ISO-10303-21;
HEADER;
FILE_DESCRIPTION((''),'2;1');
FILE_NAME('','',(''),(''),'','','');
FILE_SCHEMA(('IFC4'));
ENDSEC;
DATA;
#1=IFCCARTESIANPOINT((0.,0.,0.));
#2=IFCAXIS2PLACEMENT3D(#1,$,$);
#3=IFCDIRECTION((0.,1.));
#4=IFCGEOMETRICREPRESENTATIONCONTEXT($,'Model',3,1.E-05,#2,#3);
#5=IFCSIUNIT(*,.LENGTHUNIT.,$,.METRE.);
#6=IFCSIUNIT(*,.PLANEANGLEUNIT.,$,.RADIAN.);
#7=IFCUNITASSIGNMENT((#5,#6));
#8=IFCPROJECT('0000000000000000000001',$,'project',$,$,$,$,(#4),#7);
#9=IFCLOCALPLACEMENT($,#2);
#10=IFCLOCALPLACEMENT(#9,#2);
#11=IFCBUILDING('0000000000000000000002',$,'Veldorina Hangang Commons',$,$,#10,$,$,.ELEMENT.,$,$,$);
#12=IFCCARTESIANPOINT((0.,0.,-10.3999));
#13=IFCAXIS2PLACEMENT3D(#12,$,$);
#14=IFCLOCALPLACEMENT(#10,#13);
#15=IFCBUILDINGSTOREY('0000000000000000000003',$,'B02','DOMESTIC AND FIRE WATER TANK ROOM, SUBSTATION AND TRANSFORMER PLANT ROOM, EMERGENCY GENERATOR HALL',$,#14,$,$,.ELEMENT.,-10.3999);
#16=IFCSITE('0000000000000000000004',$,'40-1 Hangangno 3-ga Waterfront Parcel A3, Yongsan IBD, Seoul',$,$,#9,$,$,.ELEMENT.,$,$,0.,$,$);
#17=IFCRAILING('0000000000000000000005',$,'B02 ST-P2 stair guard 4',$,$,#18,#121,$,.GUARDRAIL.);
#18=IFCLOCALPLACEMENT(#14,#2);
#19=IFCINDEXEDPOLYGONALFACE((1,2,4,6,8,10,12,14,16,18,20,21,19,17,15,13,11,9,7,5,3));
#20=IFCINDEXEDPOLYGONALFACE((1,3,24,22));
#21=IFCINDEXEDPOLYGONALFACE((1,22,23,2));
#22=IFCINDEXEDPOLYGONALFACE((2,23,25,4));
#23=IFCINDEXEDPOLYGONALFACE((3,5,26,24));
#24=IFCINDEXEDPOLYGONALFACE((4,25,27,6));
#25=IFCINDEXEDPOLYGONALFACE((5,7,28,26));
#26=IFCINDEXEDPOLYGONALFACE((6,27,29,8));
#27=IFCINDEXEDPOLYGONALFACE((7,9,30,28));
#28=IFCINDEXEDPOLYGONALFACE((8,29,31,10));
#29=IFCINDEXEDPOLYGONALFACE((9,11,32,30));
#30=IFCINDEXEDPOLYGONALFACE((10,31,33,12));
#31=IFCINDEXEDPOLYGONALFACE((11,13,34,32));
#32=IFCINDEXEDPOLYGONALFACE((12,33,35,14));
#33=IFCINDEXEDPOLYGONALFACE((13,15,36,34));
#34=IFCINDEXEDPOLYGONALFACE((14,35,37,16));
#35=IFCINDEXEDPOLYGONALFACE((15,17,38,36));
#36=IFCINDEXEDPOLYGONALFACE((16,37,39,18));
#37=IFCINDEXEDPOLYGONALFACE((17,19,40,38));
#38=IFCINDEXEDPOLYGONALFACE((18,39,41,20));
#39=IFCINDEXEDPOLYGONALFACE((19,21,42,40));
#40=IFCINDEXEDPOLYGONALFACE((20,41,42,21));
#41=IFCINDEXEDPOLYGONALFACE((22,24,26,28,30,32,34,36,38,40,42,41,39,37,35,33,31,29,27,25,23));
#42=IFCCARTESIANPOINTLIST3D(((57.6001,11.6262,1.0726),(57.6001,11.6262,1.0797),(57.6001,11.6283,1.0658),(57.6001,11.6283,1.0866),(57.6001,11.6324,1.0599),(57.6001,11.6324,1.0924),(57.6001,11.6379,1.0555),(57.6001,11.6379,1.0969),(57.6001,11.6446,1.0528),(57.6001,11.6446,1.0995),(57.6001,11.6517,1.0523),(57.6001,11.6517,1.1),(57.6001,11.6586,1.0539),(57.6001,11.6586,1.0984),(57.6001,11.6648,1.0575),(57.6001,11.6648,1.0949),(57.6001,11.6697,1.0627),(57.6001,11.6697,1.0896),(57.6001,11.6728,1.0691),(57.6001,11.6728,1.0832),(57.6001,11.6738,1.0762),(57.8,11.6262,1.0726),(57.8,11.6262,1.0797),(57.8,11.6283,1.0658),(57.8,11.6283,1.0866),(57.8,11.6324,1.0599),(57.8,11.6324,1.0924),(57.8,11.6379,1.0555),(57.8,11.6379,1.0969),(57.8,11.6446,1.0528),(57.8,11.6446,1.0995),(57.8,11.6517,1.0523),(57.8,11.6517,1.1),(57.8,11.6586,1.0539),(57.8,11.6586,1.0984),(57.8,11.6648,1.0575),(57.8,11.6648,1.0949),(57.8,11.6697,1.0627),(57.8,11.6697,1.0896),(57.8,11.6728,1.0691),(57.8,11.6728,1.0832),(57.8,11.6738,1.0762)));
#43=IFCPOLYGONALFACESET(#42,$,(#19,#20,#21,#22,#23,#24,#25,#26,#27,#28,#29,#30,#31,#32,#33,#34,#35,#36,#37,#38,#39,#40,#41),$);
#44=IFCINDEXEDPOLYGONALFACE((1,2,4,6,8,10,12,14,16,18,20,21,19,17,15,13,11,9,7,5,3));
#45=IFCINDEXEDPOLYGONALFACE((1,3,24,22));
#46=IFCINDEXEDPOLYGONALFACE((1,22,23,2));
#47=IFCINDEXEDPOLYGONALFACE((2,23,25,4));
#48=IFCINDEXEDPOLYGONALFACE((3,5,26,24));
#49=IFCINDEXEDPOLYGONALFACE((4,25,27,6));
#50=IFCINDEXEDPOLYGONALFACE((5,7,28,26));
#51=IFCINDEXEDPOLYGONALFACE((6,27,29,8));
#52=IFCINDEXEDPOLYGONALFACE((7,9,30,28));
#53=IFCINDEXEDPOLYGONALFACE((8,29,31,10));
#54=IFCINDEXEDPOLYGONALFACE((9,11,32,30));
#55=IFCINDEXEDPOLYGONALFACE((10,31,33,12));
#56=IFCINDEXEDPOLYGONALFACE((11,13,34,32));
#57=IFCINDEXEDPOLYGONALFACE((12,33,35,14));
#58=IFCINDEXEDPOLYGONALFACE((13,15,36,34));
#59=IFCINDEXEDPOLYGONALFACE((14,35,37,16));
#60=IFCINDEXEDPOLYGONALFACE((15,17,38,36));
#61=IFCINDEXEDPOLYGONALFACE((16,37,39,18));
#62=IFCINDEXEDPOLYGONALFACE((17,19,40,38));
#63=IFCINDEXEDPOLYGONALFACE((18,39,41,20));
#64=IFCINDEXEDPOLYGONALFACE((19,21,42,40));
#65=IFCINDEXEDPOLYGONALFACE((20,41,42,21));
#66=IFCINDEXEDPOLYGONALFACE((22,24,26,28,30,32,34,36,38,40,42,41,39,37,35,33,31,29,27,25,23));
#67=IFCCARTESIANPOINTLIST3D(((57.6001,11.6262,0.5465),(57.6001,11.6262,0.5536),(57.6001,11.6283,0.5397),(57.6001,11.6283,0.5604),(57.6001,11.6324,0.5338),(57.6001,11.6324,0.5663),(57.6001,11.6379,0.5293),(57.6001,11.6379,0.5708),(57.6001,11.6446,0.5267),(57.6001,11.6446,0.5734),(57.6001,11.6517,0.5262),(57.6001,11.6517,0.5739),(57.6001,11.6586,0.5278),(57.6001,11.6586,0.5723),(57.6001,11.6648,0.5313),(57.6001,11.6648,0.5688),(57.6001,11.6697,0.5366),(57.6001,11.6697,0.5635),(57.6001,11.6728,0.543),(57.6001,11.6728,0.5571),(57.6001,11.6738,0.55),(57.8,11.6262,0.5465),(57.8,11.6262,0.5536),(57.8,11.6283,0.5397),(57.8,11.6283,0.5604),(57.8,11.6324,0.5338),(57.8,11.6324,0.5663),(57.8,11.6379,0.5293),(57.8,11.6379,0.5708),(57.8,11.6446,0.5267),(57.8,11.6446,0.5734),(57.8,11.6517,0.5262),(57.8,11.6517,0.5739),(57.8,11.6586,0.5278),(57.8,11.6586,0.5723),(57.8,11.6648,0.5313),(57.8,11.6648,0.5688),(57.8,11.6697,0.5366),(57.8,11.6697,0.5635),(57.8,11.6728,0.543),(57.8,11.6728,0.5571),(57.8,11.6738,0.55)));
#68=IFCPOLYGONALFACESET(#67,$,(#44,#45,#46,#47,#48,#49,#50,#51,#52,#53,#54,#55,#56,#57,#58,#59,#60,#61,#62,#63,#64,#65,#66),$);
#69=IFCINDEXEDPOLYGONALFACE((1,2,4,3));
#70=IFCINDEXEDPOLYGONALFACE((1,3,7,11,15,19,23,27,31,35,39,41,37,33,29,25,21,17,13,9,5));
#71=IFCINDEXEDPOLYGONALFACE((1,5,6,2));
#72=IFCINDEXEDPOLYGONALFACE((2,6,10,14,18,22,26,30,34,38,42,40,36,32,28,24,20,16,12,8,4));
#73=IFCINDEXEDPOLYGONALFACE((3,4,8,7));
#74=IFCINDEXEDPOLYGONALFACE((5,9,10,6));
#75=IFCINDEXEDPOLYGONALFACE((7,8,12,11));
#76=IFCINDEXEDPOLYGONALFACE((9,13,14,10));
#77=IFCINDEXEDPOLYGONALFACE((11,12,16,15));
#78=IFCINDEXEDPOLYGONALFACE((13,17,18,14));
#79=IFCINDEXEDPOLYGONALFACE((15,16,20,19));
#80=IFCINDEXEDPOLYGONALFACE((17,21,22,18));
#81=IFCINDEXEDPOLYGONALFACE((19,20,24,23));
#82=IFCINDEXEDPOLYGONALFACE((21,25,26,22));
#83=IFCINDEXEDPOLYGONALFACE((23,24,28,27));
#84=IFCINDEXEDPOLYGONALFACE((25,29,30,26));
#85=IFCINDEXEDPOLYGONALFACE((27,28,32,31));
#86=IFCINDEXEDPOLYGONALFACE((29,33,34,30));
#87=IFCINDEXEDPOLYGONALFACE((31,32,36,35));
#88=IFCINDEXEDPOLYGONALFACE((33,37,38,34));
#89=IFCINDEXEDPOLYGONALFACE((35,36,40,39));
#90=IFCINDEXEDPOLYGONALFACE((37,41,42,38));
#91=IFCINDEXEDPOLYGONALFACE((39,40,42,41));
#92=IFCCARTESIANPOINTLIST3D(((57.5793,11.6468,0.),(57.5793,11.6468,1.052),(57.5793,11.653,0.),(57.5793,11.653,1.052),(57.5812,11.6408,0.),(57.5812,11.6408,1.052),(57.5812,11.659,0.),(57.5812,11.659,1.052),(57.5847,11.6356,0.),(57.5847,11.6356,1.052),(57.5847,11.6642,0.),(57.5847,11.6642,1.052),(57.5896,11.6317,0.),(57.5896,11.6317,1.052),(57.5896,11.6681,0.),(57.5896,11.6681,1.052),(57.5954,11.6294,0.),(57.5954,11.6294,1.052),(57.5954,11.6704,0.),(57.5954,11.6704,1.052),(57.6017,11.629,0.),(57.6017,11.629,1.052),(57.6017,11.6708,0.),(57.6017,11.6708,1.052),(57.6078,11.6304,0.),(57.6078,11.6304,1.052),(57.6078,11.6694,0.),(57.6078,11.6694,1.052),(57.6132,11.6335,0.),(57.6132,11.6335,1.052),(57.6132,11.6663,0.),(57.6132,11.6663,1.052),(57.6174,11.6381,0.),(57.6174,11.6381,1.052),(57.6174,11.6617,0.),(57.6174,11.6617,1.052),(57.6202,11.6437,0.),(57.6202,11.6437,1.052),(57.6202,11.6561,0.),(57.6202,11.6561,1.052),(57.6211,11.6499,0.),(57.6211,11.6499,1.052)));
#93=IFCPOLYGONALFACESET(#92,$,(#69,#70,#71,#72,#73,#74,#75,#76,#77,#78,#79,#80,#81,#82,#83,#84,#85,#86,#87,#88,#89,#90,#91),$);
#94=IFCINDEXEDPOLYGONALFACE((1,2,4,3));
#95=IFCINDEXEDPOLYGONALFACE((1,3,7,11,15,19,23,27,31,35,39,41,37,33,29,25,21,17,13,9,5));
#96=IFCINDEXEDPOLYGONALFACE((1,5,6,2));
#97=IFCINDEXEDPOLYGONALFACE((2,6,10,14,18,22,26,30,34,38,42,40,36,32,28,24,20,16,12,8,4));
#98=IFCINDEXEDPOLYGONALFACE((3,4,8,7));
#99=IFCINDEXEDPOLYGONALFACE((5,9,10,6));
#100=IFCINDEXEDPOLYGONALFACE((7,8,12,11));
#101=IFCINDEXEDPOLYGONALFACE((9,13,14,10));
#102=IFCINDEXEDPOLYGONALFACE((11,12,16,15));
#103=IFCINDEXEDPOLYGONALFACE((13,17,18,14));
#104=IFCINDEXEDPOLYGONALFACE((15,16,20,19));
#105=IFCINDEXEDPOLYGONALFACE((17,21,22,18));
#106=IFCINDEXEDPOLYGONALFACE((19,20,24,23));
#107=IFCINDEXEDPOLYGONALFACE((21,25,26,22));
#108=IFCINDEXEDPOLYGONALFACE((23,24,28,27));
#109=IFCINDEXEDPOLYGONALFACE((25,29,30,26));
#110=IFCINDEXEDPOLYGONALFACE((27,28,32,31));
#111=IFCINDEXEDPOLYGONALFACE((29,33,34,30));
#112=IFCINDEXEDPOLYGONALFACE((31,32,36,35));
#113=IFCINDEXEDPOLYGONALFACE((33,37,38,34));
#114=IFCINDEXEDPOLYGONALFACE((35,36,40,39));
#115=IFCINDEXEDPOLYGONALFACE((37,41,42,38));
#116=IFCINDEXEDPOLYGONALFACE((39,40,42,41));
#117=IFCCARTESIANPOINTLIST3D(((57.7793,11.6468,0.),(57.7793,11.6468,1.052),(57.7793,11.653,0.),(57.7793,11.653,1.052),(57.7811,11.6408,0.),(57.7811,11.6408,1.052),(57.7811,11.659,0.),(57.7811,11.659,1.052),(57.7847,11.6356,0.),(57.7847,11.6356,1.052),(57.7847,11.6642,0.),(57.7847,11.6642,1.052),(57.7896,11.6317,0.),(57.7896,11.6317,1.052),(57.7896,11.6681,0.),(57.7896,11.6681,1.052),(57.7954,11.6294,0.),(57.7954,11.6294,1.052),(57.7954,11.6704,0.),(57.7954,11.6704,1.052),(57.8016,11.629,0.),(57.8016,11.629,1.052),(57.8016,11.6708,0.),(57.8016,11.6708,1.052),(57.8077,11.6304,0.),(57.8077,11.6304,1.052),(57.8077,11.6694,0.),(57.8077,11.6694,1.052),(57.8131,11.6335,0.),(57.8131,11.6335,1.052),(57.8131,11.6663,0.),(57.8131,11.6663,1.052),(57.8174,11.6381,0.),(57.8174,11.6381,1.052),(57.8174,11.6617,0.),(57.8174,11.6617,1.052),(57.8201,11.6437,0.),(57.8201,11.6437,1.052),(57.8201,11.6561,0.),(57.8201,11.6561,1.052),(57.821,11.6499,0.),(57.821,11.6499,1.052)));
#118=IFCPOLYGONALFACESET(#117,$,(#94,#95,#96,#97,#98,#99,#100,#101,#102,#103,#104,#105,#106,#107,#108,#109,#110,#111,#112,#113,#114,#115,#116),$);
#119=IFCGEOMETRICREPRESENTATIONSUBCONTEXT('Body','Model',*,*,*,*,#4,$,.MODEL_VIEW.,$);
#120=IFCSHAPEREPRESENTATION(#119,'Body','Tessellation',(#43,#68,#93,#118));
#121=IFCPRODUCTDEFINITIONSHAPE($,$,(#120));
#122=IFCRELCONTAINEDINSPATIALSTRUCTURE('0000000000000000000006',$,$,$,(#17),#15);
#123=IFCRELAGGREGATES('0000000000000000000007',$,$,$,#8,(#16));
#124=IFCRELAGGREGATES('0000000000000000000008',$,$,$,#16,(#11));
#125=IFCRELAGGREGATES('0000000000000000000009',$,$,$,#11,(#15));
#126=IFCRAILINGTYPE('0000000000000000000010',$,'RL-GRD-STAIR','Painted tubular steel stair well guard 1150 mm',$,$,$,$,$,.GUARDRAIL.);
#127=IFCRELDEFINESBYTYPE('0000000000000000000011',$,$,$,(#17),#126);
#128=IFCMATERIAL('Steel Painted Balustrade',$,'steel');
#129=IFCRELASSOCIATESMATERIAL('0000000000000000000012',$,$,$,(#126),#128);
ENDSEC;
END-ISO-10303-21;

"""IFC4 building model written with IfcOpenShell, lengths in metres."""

from ifc_helpers import new_model, si_unit, direction, frame, origin, origin_2d, place, context, subcontext, project, spatial, circle, extrude, material, type_object, element, save


model = new_model("IFC4")

# Units and contexts
model_context = context("Model", 3, precision=1e-05, world=origin(), true_north=direction((0.0, 1.0)))
body_context = subcontext(model_context, "Body", "Model", "MODEL_VIEW")
ifc_project = project(units=[si_unit("LENGTHUNIT", "METRE"), si_unit("PLANEANGLEUNIT", "RADIAN")], contexts=[model_context])

# Site, building, storey
site_placement = place(None, origin())
site = spatial("IfcSite", under=ifc_project, at=site_placement, Name="40-1 Hangangno 3-ga Waterfront Parcel A3, Yongsan IBD, Seoul", CompositionType="ELEMENT", RefElevation=0.0)
building_placement = place(site_placement, origin())
building = spatial("IfcBuilding", under=site, at=building_placement, Name="Veldorina Hangang Commons", CompositionType="ELEMENT")
storey_placement = place(building_placement, frame((0.0, 0.0, -10.3999)))
storey = spatial("IfcBuildingStorey", under=building, at=storey_placement, Name="B02", Description="DOMESTIC AND FIRE WATER TANK ROOM, SUBSTATION AND TRANSFORMER PLANT ROOM, EMERGENCY GENERATOR HALL", CompositionType="ELEMENT", Elevation=-10.3999)

# Railing
ifc_material_1 = material(Name="Steel Painted Balustrade", Category="steel")
railing_type_1 = type_object("IfcRailingType", Name="RL-GRD-STAIR", Description="Painted tubular steel stair well guard 1150 mm", PredefinedType="GUARDRAIL", material=ifc_material_1)
railing_1_placement = place(storey_placement, frame((57.6001, 11.6499, 0.0)))
element("IfcRailing", 1, at=railing_1_placement, inside=storey, type_object=railing_type_1, Name="B02 ST-P2 stair guard 4", PredefinedType="GUARDRAIL", context=body_context, shape_type="SweptSolid", body=[
    extrude(circle(Radius=0.0239, at=origin_2d()), frame((0.0, 0.0, 1.0762), z_axis=(1.0, 0.0, 0.0), x_axis=(0.0, 1.0, 0.0)), (0.0, 0.0, 1.0), 0.2),
    extrude(circle(Radius=0.0239, at=origin_2d()), frame((0.0, 0.0, 0.55), z_axis=(1.0, 0.0, 0.0), x_axis=(0.0, 1.0, 0.0)), (0.0, 0.0, 1.0), 0.2),
    extrude(circle(Radius=0.021, at=origin_2d()), origin(), (0.0, 0.0, 1.0), 1.052),
    extrude(circle(Radius=0.021, at=origin_2d()), frame((0.2, 0.0, 0.0)), (0.0, 0.0, 1.0), 1.052),
])

save(model, "model.ifc")
